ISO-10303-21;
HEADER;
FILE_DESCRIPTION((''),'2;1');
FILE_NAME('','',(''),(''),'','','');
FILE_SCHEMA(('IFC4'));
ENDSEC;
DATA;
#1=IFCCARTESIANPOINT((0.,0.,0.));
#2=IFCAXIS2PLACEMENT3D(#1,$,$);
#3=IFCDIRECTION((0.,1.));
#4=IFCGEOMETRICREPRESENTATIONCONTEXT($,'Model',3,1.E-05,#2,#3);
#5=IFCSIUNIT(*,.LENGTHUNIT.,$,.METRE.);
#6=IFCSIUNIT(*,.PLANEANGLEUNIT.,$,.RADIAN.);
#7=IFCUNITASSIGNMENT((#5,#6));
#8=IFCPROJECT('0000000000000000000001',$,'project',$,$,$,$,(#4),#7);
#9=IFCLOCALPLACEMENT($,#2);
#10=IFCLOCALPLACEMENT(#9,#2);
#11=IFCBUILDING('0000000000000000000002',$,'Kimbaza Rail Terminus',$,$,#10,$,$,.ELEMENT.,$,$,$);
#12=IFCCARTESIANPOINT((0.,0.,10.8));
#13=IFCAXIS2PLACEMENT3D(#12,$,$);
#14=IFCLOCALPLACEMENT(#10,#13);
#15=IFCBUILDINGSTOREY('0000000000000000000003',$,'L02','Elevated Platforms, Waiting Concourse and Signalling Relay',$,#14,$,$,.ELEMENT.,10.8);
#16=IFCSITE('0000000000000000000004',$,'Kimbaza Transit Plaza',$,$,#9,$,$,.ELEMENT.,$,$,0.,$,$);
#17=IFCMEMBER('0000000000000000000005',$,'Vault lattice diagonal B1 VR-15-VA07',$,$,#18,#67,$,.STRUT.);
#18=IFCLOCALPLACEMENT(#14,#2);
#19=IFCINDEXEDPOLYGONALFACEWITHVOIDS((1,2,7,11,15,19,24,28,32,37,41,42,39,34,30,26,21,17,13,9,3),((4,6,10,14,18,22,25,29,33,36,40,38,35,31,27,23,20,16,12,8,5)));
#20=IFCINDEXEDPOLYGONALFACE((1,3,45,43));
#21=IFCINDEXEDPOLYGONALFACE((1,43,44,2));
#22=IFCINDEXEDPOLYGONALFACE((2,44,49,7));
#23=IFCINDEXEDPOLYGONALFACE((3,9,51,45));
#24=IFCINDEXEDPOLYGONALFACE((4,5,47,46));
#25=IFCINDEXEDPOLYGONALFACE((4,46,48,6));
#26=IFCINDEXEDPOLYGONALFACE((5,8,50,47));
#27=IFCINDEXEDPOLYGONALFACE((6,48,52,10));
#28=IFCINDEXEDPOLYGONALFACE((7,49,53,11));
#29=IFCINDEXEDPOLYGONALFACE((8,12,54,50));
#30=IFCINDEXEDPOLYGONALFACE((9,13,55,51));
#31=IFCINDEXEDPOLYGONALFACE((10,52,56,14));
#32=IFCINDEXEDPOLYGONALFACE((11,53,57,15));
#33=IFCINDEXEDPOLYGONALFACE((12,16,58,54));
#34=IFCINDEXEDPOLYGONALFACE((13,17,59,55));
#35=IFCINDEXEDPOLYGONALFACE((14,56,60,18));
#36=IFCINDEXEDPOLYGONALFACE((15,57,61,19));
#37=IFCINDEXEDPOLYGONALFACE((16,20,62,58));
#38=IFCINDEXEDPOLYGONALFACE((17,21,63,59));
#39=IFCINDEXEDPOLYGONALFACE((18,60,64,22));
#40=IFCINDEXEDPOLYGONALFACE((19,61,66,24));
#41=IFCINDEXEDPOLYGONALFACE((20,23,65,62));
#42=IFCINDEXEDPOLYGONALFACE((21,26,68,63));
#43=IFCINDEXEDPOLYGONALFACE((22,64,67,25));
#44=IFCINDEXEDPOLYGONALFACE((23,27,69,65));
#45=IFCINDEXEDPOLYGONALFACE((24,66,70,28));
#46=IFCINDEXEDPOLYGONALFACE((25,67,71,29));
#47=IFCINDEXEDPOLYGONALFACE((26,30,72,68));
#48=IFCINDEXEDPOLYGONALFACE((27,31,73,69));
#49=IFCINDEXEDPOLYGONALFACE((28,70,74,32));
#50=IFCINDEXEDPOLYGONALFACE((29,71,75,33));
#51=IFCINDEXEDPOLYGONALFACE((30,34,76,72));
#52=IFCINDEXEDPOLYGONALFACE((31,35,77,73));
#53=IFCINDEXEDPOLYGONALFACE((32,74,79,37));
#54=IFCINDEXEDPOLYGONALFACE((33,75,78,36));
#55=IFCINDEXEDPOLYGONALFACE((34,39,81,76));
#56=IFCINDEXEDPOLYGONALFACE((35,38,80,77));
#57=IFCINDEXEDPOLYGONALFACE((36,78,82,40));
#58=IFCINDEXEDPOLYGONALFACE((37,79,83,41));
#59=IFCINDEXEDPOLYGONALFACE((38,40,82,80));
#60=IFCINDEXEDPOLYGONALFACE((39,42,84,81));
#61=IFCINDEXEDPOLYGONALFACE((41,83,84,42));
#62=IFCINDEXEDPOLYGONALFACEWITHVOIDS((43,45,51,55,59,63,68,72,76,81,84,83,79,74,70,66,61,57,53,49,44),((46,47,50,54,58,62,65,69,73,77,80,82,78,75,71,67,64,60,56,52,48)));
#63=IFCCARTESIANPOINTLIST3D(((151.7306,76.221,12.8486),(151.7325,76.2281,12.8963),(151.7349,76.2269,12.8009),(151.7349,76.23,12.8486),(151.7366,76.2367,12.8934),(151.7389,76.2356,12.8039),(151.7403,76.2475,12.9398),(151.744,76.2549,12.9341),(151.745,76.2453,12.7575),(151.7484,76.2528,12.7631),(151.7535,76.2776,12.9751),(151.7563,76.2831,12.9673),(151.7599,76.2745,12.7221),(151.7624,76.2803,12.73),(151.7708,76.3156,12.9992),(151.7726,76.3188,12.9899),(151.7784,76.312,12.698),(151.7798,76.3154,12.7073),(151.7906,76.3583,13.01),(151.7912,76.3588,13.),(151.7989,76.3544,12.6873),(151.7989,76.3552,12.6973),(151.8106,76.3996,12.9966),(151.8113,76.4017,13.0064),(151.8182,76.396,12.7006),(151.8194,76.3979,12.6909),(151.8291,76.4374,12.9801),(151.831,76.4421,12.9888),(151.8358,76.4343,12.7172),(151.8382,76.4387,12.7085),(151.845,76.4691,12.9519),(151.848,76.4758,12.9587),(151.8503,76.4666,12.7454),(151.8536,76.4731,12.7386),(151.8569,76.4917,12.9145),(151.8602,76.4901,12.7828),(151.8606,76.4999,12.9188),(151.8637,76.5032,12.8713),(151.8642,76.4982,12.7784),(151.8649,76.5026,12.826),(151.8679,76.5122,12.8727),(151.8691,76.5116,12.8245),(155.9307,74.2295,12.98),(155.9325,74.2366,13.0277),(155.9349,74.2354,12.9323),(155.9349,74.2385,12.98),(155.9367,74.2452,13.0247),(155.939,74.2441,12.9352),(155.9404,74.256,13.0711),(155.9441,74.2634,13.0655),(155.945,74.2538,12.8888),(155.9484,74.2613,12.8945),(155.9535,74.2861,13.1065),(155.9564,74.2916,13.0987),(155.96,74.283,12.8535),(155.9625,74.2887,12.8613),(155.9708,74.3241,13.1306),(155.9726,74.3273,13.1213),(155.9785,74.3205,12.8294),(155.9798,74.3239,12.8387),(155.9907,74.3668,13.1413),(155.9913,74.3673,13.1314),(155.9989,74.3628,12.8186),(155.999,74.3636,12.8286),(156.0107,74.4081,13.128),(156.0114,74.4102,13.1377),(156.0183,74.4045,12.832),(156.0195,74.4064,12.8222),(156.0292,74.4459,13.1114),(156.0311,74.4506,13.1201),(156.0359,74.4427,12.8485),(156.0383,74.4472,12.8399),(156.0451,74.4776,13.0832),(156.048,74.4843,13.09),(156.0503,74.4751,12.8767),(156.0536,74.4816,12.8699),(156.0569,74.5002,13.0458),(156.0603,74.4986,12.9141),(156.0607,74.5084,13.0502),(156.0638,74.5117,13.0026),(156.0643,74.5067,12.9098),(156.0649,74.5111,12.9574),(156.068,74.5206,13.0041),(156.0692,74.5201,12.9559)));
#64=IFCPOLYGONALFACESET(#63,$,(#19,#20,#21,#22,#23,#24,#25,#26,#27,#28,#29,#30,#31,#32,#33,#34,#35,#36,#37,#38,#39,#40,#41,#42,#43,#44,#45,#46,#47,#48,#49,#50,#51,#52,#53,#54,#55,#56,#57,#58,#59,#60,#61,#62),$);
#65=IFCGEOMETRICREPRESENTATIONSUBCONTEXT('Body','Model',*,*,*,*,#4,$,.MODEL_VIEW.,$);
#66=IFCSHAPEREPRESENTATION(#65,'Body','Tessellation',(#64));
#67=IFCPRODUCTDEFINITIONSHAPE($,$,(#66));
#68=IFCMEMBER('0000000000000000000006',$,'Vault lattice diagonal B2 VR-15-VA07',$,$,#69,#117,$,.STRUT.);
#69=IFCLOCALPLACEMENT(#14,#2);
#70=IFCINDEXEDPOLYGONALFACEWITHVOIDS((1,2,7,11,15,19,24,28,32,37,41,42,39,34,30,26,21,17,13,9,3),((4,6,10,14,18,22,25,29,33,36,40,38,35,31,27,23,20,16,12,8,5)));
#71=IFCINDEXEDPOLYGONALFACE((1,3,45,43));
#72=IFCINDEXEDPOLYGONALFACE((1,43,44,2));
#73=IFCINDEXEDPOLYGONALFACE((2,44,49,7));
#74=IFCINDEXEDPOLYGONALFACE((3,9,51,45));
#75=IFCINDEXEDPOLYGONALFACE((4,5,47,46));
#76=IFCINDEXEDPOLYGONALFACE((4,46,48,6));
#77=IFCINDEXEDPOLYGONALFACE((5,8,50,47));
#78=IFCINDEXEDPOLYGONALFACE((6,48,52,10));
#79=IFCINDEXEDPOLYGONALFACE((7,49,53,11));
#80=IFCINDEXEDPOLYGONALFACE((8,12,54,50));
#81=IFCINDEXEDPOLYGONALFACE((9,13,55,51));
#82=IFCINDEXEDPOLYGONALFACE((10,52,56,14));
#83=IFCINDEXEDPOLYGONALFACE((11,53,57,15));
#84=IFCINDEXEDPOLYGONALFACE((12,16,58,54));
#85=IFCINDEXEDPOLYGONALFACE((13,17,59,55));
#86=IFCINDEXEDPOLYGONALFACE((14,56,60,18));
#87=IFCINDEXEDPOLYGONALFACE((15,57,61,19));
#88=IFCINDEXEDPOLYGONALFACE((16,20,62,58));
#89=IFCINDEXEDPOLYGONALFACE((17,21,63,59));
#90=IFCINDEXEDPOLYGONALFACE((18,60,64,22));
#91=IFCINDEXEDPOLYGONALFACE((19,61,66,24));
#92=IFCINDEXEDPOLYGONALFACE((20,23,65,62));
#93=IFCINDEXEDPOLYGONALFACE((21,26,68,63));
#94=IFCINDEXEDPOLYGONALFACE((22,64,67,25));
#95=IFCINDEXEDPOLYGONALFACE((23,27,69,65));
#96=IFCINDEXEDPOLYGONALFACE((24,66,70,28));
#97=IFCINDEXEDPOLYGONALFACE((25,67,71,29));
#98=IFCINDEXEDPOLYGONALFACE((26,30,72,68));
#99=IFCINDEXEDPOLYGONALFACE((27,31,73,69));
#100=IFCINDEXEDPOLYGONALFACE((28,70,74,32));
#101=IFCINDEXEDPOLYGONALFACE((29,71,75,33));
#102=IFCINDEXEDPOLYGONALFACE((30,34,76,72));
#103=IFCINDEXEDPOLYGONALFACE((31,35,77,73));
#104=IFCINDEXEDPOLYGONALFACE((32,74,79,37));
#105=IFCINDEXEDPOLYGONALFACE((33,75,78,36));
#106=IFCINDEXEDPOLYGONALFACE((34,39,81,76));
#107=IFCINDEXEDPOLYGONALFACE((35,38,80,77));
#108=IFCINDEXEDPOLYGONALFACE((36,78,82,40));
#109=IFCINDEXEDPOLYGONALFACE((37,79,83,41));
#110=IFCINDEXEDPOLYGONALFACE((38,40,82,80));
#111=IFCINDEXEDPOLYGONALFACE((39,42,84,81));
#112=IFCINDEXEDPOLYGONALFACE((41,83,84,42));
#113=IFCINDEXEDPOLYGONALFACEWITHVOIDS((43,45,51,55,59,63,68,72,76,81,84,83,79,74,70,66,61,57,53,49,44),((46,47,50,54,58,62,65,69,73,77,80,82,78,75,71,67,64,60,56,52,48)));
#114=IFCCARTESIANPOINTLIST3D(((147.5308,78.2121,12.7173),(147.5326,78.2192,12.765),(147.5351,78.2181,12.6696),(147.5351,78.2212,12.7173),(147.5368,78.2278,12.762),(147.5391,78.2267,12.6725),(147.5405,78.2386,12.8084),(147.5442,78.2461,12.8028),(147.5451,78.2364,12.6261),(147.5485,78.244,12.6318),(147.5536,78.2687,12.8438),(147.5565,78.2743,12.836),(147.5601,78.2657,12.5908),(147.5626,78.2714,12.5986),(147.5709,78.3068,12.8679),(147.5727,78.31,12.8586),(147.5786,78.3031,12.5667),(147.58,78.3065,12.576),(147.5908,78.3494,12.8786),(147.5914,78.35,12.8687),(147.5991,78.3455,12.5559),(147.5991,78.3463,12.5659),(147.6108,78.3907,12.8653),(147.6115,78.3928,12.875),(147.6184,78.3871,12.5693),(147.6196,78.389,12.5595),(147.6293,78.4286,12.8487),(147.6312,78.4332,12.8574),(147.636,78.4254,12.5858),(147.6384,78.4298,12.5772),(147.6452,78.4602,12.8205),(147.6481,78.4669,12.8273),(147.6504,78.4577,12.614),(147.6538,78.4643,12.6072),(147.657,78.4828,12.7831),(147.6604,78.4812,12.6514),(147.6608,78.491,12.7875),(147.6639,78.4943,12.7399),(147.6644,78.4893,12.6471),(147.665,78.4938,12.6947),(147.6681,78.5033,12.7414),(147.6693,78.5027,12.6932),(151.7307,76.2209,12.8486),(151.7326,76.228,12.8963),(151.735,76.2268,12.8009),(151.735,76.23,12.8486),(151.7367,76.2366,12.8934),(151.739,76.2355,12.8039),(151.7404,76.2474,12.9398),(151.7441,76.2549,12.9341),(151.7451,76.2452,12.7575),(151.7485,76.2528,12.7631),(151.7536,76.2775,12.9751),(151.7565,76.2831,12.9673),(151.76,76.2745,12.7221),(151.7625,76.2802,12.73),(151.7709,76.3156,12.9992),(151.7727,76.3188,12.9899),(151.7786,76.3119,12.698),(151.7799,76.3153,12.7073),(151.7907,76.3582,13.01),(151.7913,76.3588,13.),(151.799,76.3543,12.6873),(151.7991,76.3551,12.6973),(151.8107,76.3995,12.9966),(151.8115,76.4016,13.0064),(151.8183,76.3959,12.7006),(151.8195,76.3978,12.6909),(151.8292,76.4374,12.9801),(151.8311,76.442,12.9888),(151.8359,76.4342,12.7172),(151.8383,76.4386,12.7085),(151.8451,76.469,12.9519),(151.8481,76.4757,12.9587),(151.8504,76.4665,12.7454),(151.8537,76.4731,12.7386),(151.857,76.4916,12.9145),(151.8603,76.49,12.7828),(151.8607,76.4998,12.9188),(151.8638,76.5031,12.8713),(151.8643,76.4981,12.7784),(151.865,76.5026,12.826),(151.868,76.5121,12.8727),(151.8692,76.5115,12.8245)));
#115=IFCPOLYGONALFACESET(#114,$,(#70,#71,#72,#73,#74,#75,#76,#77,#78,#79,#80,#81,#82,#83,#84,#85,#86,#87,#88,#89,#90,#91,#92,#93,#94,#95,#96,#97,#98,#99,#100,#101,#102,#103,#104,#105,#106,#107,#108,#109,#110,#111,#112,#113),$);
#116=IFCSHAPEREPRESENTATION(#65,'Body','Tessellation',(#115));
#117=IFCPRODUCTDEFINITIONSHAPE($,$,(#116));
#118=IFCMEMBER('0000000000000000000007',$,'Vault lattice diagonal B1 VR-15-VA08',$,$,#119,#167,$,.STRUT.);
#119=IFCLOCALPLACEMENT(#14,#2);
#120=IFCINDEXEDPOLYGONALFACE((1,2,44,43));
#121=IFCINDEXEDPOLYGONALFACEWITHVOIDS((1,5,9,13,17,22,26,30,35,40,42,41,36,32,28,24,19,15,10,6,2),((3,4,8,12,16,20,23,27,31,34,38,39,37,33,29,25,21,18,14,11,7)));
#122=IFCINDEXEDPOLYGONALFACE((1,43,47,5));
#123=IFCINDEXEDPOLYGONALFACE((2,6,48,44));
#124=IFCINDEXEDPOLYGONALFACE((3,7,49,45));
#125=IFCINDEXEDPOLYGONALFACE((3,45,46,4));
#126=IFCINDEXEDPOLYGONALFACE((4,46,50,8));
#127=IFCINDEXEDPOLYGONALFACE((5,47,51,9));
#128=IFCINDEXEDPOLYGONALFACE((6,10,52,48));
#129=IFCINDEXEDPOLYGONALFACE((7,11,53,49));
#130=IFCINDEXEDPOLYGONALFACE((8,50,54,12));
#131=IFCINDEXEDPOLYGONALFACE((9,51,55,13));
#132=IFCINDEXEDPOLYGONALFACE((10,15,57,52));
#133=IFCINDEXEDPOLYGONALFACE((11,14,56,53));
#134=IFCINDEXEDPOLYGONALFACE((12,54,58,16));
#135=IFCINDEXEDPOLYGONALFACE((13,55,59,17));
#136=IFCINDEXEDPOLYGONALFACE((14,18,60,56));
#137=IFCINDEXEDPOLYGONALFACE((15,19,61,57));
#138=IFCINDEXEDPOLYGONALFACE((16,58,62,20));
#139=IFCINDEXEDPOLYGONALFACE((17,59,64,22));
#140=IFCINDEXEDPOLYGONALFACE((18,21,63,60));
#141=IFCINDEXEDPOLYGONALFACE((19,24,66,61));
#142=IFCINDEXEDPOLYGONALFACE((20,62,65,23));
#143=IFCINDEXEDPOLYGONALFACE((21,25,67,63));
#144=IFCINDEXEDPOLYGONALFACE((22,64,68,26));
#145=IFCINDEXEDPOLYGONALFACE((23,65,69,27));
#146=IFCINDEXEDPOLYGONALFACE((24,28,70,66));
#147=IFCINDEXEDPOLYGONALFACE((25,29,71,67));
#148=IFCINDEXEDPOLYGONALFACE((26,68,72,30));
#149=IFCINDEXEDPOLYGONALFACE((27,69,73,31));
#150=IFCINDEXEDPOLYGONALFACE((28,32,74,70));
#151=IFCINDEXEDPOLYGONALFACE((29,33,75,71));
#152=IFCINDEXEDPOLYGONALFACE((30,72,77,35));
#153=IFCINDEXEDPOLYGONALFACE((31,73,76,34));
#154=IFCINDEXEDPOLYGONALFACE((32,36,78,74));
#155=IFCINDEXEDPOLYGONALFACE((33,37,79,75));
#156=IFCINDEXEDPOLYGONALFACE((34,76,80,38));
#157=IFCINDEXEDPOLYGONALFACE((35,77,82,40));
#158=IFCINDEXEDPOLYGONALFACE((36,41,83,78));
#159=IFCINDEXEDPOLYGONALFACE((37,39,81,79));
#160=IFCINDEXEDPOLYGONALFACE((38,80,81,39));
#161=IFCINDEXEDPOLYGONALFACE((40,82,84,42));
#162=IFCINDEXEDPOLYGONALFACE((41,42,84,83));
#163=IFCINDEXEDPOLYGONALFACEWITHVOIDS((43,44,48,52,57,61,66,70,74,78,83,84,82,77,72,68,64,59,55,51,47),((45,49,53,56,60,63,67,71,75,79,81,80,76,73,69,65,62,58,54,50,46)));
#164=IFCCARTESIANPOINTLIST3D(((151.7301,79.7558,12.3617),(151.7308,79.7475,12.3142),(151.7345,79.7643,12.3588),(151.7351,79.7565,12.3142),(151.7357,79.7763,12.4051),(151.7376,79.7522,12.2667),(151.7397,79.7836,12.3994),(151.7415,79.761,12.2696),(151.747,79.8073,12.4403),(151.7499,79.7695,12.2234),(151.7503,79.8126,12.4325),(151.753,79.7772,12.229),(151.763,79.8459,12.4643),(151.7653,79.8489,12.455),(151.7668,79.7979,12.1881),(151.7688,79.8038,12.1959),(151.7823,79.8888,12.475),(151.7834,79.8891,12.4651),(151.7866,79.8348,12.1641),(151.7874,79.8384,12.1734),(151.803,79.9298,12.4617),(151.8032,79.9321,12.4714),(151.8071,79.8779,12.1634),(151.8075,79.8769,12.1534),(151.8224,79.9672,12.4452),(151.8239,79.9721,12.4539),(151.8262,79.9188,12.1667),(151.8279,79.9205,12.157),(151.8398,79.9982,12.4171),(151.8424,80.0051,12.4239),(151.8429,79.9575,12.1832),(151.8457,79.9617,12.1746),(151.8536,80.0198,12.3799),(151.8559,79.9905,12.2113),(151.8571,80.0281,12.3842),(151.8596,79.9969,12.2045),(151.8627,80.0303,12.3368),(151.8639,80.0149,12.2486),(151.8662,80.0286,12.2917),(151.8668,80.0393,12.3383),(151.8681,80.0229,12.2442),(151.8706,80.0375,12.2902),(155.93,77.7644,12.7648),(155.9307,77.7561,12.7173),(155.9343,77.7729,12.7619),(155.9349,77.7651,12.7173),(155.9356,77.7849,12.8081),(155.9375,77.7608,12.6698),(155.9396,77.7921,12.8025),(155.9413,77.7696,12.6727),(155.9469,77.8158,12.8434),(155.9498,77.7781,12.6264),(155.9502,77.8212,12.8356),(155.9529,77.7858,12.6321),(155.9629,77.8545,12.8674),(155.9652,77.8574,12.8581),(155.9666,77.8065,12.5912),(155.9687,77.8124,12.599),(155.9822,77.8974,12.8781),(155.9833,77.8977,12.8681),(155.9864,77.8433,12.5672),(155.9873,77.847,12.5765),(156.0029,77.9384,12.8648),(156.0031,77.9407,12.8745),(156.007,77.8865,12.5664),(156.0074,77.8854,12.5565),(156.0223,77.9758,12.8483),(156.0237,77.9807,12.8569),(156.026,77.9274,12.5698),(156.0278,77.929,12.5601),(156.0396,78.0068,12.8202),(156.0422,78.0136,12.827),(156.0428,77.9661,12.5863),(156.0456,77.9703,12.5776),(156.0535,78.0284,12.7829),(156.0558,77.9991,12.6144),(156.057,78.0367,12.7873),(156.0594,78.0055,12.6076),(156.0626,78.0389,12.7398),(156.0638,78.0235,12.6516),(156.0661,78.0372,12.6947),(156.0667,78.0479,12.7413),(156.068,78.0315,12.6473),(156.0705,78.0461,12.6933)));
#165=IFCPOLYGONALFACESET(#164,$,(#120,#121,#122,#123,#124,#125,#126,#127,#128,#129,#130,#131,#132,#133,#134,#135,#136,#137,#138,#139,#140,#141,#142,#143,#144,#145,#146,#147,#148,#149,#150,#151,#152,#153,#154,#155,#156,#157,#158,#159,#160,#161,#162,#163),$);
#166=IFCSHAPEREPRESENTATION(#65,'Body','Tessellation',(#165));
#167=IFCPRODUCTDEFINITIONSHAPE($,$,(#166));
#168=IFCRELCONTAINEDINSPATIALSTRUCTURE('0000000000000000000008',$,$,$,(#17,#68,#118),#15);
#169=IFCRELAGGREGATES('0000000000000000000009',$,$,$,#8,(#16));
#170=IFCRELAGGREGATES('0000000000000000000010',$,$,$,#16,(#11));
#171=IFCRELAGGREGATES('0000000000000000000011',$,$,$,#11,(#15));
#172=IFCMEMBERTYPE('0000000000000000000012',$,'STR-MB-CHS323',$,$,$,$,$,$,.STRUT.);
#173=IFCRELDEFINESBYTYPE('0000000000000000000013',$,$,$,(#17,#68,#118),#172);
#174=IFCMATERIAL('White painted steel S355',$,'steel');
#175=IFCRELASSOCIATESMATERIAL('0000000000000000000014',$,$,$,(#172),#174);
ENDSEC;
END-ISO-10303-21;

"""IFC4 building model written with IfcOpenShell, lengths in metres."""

from ifc_helpers import new_model, si_unit, direction, frame, origin, origin_2d, place, context, subcontext, project, spatial, hollow_circle, extrude, material, material_profile, profile_set, type_object, element, save


model = new_model("IFC4")

# Units and contexts
model_context = context("Model", 3, precision=1e-05, world=origin(), true_north=direction((0.0, 1.0)))
body_context = subcontext(model_context, "Body", "Model", "MODEL_VIEW")
ifc_project = project(units=[si_unit("LENGTHUNIT", "METRE"), si_unit("PLANEANGLEUNIT", "RADIAN")], contexts=[model_context])

# Site, building, storey
site_placement = place(None, origin())
site = spatial("IfcSite", under=ifc_project, at=site_placement, Name="Kimbaza Transit Plaza", CompositionType="ELEMENT", RefElevation=0.0)
building_placement = place(site_placement, origin())
building = spatial("IfcBuilding", under=site, at=building_placement, Name="Kimbaza Rail Terminus", CompositionType="ELEMENT")
storey_placement = place(building_placement, frame((0.0, 0.0, 10.8)))
storey = spatial("IfcBuildingStorey", under=building, at=storey_placement, Name="L02", Description="Elevated Platforms, Waiting Concourse and Signalling Relay", CompositionType="ELEMENT", Elevation=10.8)

# Members
ifc_material_1 = material(Name="White painted steel S355", Category="steel")
ifc_material_profile_1 = material_profile(ifc_material_1, hollow_circle(Radius=0.1619, WallThickness=0.01, at=origin_2d()), Name="CHS 323.9x10")
ifc_profile_set_1 = profile_set([ifc_material_profile_1], Name="White painted steel S355")
member_type_1 = type_object("IfcMemberType", Name="STR-MB-CHS323", PredefinedType="STRUT", material=ifc_profile_set_1)
member_1_placement = place(storey_placement, frame((156.0, 74.3757, 12.98), z_axis=(-0.90321, 0.428268, -0.028247), x_axis=(-0.428439, -0.903571, 0.0)))
element("IfcMember", 1, at=member_1_placement, inside=storey, type_object=member_type_1, Name="Vault lattice diagonal B1 VR-15-VA07", PredefinedType="STRUT", context=body_context, shape_type="SweptSolid", body=[
    extrude(hollow_circle(Radius=0.1619, WallThickness=0.01, at=origin_2d()), origin(), (0.0, 0.0, 1.0), 4.6501),
])
member_2_placement = place(storey_placement, frame((151.8, 76.3672, 12.8486), z_axis=(-0.903231, 0.428225, -0.028247), x_axis=(-0.428396, -0.903591, 0.0)))
element("IfcMember", 2, at=member_2_placement, inside=storey, type_object=member_type_1, Name="Vault lattice diagonal B2 VR-15-VA07", PredefinedType="STRUT", context=body_context, shape_type="SweptSolid", body=[
    extrude(hollow_circle(Radius=0.1619, WallThickness=0.01, at=origin_2d()), origin(), (0.0, 0.0, 1.0), 4.6499),
])
member_3_placement = place(storey_placement, frame((156.0, 77.9023, 12.7173), z_axis=(-0.900193, 0.426837, -0.086393), x_axis=(-0.428439, -0.903571, 0.0)))
element("IfcMember", 3, at=member_3_placement, inside=storey, type_object=member_type_1, Name="Vault lattice diagonal B1 VR-15-VA08", PredefinedType="STRUT", context=body_context, shape_type="SweptSolid", body=[
    extrude(hollow_circle(Radius=0.1619, WallThickness=0.01, at=origin_2d()), origin(), (0.0, 0.0, 1.0), 4.6655),
])

save(model, "model.ifc")
